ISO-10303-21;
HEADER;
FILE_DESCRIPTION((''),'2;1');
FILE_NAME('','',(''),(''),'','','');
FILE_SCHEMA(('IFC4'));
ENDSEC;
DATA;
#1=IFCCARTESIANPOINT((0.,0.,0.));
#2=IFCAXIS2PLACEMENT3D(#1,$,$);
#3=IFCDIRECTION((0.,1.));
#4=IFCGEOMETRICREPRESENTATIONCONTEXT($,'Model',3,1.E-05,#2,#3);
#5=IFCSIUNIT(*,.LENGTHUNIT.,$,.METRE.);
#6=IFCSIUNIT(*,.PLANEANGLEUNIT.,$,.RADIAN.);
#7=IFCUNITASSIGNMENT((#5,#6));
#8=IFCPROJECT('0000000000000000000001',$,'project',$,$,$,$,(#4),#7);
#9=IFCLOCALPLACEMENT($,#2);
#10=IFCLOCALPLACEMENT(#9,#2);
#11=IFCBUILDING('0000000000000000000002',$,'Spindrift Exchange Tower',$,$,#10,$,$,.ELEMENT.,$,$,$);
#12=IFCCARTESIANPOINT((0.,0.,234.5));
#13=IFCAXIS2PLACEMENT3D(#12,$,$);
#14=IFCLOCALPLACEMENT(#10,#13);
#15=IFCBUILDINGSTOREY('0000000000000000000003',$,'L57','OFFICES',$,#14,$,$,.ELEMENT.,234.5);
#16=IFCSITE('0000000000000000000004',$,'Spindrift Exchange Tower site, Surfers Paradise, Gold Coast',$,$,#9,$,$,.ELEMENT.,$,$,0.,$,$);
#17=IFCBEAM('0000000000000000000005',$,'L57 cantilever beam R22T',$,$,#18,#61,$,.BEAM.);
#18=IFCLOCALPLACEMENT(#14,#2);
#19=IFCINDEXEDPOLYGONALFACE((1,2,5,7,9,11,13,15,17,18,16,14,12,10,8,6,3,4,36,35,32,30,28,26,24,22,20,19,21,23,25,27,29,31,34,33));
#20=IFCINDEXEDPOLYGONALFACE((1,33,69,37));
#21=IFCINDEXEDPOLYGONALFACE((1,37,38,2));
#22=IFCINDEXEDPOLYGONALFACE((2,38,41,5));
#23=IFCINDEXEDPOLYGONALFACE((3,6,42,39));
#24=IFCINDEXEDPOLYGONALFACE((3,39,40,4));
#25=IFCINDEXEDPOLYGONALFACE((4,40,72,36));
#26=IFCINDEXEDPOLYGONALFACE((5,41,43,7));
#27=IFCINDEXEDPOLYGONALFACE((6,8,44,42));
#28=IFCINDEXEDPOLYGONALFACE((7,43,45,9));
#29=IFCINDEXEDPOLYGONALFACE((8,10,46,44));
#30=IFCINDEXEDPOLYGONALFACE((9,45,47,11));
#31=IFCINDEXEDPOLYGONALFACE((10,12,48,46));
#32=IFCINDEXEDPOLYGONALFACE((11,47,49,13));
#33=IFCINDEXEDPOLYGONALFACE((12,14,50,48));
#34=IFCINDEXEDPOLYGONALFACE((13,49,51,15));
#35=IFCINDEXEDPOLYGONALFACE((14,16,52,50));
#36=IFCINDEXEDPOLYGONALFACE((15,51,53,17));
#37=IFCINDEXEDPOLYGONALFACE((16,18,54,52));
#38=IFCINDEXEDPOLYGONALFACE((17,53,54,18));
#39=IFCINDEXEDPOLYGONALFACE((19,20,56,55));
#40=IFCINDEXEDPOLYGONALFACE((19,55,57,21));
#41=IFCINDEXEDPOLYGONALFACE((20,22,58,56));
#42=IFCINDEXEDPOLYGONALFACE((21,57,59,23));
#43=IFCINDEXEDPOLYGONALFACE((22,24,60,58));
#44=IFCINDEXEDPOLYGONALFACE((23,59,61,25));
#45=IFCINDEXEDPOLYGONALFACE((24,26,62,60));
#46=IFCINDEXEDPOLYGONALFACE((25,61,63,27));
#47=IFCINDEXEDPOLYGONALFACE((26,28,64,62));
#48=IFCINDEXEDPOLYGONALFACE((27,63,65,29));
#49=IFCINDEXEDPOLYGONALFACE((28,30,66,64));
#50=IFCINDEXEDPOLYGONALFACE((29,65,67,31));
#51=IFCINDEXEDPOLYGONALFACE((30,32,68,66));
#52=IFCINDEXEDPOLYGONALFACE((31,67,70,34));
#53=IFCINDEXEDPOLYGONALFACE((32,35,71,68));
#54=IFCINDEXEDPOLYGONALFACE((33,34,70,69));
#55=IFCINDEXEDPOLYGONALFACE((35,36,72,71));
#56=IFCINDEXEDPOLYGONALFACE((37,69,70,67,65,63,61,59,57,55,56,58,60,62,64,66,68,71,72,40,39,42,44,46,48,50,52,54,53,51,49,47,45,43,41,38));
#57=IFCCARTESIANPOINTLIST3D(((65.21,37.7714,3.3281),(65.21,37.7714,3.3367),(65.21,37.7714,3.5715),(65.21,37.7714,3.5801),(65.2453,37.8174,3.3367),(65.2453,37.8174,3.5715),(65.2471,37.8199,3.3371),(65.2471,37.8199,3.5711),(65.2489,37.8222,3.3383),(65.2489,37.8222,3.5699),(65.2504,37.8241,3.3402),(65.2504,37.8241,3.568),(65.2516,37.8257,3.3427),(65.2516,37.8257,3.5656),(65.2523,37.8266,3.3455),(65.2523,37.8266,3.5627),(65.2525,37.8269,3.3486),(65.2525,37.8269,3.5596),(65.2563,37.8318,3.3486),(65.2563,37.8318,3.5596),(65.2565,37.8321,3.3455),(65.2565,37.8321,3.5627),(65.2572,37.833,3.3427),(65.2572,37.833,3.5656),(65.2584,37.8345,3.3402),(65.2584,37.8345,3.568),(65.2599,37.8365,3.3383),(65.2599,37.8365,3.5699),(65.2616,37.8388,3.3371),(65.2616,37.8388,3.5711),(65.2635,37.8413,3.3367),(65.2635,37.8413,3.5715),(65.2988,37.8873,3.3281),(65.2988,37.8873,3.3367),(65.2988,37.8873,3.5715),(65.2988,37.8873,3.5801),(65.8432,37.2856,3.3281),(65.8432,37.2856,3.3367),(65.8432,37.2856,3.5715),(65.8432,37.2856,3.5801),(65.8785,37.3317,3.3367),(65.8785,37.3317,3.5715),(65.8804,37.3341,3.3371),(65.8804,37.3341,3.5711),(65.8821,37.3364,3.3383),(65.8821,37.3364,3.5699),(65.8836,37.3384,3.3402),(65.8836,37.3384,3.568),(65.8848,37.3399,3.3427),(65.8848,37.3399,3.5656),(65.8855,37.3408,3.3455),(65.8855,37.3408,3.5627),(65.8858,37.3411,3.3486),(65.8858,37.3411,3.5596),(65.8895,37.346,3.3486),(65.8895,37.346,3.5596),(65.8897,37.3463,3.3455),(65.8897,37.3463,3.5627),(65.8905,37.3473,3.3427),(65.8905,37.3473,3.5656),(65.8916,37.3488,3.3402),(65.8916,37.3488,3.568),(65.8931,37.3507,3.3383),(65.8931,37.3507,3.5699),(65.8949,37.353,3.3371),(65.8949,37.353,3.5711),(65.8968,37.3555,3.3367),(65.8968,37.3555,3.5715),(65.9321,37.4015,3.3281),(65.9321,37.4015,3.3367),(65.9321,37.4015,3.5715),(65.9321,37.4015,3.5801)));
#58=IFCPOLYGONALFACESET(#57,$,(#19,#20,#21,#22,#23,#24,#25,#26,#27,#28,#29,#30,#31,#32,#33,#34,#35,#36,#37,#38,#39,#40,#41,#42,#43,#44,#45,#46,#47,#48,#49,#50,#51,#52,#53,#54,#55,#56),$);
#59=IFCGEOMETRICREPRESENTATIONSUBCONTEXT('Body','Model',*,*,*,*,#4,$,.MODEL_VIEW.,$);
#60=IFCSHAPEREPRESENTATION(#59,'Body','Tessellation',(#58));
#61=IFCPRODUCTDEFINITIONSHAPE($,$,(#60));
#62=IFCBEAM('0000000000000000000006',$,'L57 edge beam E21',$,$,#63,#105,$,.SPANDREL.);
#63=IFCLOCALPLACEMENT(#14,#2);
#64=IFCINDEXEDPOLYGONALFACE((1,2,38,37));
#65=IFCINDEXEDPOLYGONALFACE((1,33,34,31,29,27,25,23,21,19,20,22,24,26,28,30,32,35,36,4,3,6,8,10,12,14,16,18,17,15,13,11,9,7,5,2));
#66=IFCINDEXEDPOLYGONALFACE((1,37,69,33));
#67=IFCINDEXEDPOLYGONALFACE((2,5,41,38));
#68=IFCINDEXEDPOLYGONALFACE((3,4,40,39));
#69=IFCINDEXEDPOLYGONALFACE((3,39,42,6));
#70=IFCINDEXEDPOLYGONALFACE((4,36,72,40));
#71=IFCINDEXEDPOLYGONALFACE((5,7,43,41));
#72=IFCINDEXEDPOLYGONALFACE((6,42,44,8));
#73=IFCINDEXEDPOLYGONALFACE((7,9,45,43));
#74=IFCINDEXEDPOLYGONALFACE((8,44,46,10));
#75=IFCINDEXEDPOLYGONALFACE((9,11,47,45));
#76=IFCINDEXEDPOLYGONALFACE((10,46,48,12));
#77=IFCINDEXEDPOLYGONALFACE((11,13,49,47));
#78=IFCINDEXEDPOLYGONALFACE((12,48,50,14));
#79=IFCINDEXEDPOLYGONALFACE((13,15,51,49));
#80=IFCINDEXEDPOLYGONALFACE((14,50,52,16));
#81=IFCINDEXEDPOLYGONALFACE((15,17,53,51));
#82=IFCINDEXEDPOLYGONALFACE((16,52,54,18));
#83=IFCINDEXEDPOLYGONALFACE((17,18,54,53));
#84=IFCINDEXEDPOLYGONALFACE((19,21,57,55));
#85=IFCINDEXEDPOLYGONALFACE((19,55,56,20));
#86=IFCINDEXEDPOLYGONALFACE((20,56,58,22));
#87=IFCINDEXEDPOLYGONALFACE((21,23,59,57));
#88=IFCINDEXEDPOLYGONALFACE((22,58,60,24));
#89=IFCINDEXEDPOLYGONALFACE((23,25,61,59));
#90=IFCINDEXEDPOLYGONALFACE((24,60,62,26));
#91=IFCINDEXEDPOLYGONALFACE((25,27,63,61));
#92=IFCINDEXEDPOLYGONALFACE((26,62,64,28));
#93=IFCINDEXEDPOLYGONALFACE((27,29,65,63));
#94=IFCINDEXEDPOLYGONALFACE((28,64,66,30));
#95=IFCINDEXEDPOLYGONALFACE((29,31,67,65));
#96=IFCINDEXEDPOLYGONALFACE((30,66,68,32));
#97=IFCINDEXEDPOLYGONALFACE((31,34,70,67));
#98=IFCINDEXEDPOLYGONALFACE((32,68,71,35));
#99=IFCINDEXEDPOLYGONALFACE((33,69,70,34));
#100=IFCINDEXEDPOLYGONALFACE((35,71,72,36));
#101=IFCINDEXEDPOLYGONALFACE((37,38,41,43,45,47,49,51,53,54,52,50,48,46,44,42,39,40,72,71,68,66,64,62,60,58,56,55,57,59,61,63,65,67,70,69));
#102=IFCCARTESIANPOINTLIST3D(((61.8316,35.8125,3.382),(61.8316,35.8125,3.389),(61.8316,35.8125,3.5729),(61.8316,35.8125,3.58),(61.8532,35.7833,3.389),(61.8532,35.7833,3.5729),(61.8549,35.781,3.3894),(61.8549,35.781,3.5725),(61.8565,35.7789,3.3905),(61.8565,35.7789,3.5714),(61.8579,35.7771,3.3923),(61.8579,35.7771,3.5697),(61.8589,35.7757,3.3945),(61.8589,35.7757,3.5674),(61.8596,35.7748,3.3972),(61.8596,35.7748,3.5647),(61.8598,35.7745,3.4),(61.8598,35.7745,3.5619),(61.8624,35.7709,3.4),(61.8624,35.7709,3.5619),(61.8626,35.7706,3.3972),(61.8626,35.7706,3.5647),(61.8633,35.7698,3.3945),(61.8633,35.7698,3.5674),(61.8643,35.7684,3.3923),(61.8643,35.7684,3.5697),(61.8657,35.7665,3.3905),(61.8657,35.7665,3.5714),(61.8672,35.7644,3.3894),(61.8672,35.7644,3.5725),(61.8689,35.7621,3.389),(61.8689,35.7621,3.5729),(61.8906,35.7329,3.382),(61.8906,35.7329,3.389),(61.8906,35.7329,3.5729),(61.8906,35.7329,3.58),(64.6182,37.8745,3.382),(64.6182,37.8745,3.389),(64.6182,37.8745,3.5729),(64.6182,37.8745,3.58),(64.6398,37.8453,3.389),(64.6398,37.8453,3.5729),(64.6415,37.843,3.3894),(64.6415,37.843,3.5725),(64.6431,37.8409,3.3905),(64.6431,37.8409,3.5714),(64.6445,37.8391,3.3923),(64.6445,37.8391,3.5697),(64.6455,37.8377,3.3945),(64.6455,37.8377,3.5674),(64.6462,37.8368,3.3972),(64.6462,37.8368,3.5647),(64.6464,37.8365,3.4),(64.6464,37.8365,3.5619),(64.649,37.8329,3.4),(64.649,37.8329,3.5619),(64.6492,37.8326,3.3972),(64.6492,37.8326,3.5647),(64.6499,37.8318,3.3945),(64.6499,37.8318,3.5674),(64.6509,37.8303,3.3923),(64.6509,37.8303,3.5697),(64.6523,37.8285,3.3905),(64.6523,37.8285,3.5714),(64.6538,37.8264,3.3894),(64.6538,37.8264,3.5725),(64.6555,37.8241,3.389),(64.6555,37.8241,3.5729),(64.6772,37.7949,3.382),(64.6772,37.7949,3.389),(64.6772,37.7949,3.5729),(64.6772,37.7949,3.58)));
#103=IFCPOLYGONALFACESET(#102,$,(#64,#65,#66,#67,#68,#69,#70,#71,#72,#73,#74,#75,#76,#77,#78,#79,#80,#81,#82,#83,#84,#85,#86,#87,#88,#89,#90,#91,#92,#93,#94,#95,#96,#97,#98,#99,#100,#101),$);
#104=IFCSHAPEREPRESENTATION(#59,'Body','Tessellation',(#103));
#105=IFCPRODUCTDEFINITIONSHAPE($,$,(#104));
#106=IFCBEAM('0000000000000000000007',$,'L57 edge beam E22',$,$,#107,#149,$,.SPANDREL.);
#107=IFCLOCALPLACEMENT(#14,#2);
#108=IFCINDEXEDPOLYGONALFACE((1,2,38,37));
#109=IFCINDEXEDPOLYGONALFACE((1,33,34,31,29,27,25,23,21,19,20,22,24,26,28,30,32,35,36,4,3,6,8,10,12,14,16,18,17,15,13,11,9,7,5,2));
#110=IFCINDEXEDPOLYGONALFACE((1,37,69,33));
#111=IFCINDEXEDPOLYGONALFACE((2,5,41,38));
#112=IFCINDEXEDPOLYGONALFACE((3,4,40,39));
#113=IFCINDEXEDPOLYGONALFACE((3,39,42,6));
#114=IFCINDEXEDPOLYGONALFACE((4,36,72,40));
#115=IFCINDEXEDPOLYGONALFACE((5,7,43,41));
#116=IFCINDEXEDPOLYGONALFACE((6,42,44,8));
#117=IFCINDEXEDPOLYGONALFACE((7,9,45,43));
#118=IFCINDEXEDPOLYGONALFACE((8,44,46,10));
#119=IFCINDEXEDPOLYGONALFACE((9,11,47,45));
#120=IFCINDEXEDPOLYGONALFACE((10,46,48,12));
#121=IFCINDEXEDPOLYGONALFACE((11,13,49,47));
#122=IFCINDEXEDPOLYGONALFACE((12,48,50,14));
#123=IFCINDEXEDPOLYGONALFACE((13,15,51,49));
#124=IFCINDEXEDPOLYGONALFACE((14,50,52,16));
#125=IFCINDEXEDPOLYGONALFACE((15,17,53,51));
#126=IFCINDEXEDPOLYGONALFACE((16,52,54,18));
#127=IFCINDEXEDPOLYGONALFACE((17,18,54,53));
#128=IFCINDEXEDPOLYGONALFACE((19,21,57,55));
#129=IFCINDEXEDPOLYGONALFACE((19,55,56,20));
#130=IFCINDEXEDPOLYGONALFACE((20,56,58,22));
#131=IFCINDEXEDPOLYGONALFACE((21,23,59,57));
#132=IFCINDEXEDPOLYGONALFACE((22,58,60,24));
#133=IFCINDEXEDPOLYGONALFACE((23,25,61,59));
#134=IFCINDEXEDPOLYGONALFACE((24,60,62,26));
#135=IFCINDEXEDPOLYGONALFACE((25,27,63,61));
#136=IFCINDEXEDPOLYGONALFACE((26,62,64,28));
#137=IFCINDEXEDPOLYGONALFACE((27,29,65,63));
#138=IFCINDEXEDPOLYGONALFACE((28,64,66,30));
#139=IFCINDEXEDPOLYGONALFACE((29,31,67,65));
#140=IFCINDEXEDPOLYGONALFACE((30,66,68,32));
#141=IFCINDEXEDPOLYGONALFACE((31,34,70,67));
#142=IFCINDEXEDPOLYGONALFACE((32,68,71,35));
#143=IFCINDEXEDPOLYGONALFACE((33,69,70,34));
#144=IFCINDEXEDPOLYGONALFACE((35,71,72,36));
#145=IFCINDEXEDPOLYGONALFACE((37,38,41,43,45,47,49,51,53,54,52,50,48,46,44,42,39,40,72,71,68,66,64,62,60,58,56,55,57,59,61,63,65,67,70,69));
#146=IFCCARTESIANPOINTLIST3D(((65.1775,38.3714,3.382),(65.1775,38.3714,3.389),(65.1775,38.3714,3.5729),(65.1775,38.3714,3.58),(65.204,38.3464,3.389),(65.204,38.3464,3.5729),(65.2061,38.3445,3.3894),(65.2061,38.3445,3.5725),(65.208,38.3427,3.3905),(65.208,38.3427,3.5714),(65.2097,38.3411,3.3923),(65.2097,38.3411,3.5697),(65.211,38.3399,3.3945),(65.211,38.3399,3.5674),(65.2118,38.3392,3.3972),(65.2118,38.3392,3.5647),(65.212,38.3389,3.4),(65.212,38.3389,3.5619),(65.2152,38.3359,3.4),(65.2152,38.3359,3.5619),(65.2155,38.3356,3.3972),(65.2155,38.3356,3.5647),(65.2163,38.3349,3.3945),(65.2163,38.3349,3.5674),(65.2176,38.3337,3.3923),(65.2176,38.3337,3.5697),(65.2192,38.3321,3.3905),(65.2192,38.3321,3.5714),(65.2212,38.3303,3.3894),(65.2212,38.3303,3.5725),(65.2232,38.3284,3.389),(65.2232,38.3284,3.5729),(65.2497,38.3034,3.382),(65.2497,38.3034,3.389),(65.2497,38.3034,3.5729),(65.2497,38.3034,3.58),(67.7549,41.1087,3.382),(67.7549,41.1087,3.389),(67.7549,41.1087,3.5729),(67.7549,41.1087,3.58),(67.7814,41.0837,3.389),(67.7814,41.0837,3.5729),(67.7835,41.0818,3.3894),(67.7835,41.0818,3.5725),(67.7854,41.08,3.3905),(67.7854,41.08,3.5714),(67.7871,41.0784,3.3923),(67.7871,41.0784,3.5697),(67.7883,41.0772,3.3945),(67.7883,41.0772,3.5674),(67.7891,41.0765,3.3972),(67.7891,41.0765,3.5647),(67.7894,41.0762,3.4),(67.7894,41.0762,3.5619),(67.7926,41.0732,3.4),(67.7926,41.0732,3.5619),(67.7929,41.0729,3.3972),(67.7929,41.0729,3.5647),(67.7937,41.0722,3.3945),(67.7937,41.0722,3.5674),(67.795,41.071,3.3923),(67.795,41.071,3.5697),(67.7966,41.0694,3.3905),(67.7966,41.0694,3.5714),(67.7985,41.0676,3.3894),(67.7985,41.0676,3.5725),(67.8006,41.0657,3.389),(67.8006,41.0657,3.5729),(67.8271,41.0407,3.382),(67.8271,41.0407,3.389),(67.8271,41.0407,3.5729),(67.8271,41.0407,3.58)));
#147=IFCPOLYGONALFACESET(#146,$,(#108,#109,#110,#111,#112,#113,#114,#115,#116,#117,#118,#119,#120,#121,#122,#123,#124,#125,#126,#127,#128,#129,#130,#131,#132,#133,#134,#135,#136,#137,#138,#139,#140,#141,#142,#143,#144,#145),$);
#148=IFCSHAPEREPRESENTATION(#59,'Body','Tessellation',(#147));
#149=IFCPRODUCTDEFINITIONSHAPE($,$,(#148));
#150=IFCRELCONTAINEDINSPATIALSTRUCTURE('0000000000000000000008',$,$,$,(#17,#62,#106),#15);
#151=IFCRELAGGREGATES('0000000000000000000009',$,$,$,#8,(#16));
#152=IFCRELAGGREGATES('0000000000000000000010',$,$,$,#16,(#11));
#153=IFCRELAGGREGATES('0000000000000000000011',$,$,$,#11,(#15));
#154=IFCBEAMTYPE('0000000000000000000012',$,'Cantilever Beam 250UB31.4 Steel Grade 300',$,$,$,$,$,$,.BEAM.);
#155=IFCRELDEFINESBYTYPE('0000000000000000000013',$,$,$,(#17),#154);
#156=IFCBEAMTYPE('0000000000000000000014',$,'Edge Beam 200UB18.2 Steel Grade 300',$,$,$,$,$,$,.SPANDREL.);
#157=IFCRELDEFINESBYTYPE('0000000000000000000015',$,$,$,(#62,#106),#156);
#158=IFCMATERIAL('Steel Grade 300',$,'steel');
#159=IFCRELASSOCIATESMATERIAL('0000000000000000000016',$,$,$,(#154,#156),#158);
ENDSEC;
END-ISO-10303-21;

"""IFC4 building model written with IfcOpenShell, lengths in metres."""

from ifc_helpers import new_model, si_unit, direction, frame, origin, origin_2d, place, context, subcontext, project, spatial, i_section, extrude, source, transform, mapped, material, material_profile, profile_set, type_object, element, save


model = new_model("IFC4")

# Units and contexts
model_context = context("Model", 3, precision=1e-05, world=origin(), true_north=direction((0.0, 1.0)))
body_context = subcontext(model_context, "Body", "Model", "MODEL_VIEW")
ifc_project = project(units=[si_unit("LENGTHUNIT", "METRE"), si_unit("PLANEANGLEUNIT", "RADIAN")], contexts=[model_context])

# Site, building, storey
site_placement = place(None, origin())
site = spatial("IfcSite", under=ifc_project, at=site_placement, Name="Spindrift Exchange Tower site, Surfers Paradise, Gold Coast", CompositionType="ELEMENT", RefElevation=0.0)
building_placement = place(site_placement, origin())
building = spatial("IfcBuilding", under=site, at=building_placement, Name="Spindrift Exchange Tower", CompositionType="ELEMENT")
storey_placement = place(building_placement, frame((0.0, 0.0, 234.5)))
storey = spatial("IfcBuildingStorey", under=building, at=storey_placement, Name="L57", Description="OFFICES", CompositionType="ELEMENT", Elevation=234.5)

# Beams
ifc_material_1 = material(Name="Steel Grade 300", Category="steel")
ifc_material_profile_1 = material_profile(ifc_material_1, i_section(OverallWidth=0.146, OverallDepth=0.252, WebThickness=0.0061, FlangeThickness=0.0085, FilletRadius=0.012, at=origin_2d()), Name="250UB31.4")
ifc_profile_set_1 = profile_set([ifc_material_profile_1], Name="Steel Grade 300")
beam_type_1 = type_object("IfcBeamType", Name="Cantilever Beam 250UB31.4 Steel Grade 300", PredefinedType="BEAM", material=ifc_profile_set_1)
shared_shape_1 = source(origin(), body_context, "Body", "SweptSolid", [
    extrude(i_section(OverallWidth=0.146, OverallDepth=0.252, WebThickness=0.0061, FlangeThickness=0.0085, FilletRadius=0.012, at=origin_2d()), origin(), (0.0, 0.0, 1.0), 0.7981),
])
beam_1_placement = place(storey_placement, frame((65.2544, 37.8293, 3.4541), z_axis=(0.793419, -0.608676, 0.0), x_axis=(0.608676, 0.793419, 0.0)))
element("IfcBeam", 1, at=beam_1_placement, inside=storey, type_object=beam_type_1, Name="L57 cantilever beam R22T", PredefinedType="BEAM", context=body_context, shape_type="MappedRepresentation", body=[
    mapped(shared_shape_1, transform((0.0, 0.0, 0.0), scale=1.0)),
])
ifc_material_profile_2 = material_profile(ifc_material_1, i_section(OverallWidth=0.0991, OverallDepth=0.198, WebThickness=0.0044, FlangeThickness=0.0071, FilletRadius=0.011, at=origin_2d()), Name="200UB18.2")
ifc_profile_set_2 = profile_set([ifc_material_profile_2], Name="Steel Grade 300")
beam_type_2 = type_object("IfcBeamType", Name="Edge Beam 200UB18.2 Steel Grade 300", PredefinedType="SPANDREL", material=ifc_profile_set_2)
shared_shape_2 = source(origin(), body_context, "Body", "SweptSolid", [
    extrude(i_section(OverallWidth=0.0991, OverallDepth=0.198, WebThickness=0.0044, FlangeThickness=0.0071, FilletRadius=0.011, at=origin_2d()), origin(), (0.0, 0.0, 1.0), 3.4666),
])
beam_2_placement = place(storey_placement, frame((61.8611, 35.7727, 3.481), z_axis=(0.803854, 0.594827, 0.0), x_axis=(-0.594827, 0.803854, 0.0)))
element("IfcBeam", 2, at=beam_2_placement, inside=storey, type_object=beam_type_2, Name="L57 edge beam E21", PredefinedType="SPANDREL", context=body_context, shape_type="MappedRepresentation", body=[
    mapped(shared_shape_2, transform((0.0, 0.0, 0.0), scale=1.0)),
])
shared_shape_3 = source(origin(), body_context, "Body", "SweptSolid", [
    extrude(i_section(OverallWidth=0.0991, OverallDepth=0.198, WebThickness=0.0044, FlangeThickness=0.0071, FilletRadius=0.011, at=origin_2d()), origin(), (0.0, 0.0, 1.0), 3.7598),
])
beam_3_placement = place(storey_placement, frame((65.2136, 38.3374, 3.481), z_axis=(0.685521, 0.728053, 0.0), x_axis=(-0.728053, 0.685521, 0.0)))
element("IfcBeam", 3, at=beam_3_placement, inside=storey, type_object=beam_type_2, Name="L57 edge beam E22", PredefinedType="SPANDREL", context=body_context, shape_type="MappedRepresentation", body=[
    mapped(shared_shape_3, transform((0.0, 0.0, 0.0), scale=1.0)),
])

save(model, "model.ifc")
